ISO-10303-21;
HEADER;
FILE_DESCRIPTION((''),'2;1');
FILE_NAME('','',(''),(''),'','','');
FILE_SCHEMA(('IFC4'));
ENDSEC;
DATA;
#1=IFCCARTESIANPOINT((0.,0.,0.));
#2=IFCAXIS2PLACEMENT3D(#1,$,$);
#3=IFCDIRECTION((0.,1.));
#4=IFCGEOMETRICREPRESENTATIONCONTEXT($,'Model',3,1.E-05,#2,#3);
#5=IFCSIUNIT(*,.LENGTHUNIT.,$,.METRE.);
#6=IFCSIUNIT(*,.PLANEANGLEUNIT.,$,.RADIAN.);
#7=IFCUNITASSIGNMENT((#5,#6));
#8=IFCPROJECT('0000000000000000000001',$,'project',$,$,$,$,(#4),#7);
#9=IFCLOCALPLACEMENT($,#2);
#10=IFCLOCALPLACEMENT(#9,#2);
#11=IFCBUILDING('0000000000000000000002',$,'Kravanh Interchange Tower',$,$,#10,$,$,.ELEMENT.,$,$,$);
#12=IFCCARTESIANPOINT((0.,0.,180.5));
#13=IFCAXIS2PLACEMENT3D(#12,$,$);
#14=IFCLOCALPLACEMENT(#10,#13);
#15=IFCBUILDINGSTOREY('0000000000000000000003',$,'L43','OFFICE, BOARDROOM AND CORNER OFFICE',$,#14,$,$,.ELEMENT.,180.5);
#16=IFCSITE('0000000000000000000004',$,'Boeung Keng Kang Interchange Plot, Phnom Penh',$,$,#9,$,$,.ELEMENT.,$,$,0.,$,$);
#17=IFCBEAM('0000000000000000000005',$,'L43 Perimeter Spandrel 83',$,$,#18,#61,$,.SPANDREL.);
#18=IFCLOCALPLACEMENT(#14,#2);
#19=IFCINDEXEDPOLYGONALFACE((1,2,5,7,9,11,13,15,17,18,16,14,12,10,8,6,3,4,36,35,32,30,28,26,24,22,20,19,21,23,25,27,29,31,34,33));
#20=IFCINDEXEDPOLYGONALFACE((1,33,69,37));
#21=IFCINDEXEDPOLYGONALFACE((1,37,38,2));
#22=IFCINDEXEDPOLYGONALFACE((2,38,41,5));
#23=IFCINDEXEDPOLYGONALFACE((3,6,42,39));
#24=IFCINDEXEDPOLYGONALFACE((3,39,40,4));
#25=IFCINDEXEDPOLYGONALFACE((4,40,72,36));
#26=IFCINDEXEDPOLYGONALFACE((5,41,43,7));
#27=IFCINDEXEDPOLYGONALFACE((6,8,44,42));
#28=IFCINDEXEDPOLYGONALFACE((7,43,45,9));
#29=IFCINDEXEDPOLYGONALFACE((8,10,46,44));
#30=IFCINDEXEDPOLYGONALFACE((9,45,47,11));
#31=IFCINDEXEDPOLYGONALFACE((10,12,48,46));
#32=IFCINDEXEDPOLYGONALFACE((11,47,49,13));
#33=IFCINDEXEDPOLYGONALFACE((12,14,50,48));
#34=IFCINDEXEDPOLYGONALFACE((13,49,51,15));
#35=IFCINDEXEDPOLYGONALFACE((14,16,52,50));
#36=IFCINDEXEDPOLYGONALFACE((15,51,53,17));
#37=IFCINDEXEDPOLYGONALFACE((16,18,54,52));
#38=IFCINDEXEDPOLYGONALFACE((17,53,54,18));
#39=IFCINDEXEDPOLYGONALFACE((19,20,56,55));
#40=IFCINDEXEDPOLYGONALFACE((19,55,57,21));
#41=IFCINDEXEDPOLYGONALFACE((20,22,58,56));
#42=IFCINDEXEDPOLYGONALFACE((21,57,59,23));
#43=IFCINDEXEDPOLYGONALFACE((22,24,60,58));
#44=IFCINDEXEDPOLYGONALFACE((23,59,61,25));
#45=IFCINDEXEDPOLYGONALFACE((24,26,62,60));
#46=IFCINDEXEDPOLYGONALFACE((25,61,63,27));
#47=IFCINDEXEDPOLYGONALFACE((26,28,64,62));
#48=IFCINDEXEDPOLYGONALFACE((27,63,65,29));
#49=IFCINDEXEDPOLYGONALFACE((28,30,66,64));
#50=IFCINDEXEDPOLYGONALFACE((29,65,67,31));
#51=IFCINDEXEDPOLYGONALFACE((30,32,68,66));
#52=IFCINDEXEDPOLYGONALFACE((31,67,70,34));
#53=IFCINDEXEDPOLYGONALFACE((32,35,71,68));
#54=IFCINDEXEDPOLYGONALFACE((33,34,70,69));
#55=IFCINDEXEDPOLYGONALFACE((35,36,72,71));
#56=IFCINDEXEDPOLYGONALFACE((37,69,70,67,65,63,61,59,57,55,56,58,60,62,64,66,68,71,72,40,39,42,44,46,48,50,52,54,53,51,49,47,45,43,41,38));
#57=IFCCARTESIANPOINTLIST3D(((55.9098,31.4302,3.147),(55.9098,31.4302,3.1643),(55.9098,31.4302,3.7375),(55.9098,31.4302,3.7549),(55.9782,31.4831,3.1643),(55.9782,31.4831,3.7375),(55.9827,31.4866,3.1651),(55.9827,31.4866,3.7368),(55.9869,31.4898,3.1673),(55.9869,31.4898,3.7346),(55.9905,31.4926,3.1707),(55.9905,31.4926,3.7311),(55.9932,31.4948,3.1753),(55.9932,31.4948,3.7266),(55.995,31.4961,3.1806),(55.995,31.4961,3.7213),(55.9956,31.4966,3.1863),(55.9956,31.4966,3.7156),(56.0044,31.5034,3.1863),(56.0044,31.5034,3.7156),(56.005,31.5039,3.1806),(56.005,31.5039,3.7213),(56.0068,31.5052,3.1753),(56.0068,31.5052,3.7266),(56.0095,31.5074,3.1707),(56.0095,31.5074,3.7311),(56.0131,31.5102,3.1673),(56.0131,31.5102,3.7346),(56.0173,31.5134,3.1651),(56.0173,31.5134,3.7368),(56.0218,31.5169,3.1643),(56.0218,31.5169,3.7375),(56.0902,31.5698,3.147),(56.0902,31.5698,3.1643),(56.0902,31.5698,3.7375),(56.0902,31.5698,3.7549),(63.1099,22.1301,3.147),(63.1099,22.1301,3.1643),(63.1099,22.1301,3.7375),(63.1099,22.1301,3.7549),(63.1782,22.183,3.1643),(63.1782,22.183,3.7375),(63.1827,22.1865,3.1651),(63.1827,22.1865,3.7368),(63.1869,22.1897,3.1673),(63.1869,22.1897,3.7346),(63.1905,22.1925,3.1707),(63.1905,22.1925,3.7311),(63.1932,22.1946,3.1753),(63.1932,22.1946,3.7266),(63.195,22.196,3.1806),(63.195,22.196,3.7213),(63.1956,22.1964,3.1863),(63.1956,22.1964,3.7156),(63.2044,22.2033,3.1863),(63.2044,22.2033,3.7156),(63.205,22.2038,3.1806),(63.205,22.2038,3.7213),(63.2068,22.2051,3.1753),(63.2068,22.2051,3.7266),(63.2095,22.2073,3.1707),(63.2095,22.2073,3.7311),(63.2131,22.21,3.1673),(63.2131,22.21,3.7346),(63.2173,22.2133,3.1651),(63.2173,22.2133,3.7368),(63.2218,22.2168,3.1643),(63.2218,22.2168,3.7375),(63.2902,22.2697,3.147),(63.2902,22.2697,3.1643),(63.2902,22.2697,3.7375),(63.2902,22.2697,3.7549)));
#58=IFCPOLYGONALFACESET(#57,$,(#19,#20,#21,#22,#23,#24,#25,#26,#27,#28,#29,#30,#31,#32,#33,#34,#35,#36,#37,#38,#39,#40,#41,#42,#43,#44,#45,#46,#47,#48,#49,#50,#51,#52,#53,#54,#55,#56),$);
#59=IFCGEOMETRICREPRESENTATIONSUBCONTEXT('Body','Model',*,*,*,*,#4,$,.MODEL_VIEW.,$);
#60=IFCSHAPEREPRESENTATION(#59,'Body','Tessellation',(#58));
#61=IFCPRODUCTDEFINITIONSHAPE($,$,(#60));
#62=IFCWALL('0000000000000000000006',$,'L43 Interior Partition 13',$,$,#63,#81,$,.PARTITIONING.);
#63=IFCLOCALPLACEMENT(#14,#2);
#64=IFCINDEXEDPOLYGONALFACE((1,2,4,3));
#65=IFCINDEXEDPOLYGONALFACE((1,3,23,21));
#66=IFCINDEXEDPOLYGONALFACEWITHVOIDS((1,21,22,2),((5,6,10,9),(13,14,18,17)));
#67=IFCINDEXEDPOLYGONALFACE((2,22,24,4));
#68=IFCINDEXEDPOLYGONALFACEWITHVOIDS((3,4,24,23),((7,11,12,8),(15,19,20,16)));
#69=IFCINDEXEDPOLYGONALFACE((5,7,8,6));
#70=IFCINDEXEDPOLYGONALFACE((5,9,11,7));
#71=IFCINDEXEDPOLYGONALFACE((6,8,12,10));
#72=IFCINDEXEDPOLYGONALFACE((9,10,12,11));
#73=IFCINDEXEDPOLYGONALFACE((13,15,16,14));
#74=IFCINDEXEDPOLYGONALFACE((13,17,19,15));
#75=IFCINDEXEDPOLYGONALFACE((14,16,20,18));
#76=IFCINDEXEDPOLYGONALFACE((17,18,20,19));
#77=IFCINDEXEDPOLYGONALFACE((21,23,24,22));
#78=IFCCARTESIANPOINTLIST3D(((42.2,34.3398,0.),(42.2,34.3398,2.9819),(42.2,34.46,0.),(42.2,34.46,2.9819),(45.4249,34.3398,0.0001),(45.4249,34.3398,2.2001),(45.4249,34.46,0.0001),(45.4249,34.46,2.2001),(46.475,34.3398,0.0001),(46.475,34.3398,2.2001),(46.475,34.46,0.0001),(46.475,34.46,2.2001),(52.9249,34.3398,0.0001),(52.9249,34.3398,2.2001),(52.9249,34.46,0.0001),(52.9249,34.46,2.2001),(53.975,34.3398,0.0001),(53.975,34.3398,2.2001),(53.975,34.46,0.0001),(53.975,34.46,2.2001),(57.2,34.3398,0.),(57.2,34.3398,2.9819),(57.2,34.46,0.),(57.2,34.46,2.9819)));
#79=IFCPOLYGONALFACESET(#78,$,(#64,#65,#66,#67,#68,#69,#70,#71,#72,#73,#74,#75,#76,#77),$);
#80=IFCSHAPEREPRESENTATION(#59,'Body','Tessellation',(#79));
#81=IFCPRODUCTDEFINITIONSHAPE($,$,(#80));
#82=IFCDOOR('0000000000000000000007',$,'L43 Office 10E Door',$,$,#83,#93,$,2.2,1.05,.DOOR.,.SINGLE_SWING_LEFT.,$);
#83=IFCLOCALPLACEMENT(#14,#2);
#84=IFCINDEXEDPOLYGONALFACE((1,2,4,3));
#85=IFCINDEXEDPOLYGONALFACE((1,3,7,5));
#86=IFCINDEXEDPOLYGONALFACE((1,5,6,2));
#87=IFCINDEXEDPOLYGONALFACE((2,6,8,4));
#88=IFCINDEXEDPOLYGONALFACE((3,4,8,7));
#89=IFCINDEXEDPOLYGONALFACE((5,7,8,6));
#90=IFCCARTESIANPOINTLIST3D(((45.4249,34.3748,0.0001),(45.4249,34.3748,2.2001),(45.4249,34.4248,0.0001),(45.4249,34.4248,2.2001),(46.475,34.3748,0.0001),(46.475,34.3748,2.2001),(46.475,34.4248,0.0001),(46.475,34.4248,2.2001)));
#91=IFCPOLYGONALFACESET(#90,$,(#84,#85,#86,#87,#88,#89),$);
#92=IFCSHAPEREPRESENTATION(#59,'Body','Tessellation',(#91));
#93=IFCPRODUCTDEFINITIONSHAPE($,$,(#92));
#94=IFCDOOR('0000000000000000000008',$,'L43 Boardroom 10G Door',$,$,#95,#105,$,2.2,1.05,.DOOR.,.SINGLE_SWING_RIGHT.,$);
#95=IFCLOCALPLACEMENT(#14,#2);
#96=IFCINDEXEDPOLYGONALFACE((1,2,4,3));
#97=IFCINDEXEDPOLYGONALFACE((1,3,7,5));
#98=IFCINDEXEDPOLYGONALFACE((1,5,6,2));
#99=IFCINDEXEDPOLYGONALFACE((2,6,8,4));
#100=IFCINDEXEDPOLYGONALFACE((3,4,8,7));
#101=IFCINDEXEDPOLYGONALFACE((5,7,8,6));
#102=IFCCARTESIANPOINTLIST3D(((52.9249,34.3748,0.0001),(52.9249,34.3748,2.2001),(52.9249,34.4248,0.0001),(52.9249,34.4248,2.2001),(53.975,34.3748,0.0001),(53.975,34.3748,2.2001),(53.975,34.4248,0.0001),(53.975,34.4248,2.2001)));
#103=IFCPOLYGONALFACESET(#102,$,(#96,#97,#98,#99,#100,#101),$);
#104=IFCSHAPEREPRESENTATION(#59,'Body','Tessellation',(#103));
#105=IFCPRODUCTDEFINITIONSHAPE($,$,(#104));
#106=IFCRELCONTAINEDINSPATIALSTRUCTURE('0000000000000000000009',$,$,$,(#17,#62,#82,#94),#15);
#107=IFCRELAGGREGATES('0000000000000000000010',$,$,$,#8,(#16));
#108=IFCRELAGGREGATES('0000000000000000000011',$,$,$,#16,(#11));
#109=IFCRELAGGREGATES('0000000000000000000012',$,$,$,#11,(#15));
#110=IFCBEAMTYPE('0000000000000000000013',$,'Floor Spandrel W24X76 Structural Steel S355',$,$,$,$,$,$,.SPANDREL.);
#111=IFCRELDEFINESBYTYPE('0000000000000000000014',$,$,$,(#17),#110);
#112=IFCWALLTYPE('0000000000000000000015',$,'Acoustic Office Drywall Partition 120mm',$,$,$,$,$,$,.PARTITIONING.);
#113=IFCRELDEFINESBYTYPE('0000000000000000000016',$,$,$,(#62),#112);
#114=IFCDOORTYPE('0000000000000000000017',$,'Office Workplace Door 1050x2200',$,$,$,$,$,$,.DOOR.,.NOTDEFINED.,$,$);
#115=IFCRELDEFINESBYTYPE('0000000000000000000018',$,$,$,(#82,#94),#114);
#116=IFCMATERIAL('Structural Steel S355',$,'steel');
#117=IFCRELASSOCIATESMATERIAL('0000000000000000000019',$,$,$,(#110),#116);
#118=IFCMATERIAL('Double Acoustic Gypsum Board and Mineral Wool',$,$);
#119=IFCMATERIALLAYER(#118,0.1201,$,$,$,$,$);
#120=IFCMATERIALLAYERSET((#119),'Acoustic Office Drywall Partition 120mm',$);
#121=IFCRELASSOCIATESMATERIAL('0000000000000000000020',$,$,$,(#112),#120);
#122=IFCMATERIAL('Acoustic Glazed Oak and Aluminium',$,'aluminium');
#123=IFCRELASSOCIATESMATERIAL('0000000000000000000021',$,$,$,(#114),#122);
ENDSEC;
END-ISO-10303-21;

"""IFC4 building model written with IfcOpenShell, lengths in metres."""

from ifc_helpers import new_model, si_unit, direction, frame, frame_2d, origin, origin_2d, place, context, subcontext, project, spatial, rectangle, i_section, extrude, material, layer, layer_set, material_profile, profile_set, type_object, element, fill, save


model = new_model("IFC4")

# Units and contexts
model_context = context("Model", 3, precision=1e-05, world=origin(), true_north=direction((0.0, 1.0)))
body_context = subcontext(model_context, "Body", "Model", "MODEL_VIEW")
ifc_project = project(units=[si_unit("LENGTHUNIT", "METRE"), si_unit("PLANEANGLEUNIT", "RADIAN")], contexts=[model_context])

# Site, building, storey
site_placement = place(None, origin())
site = spatial("IfcSite", under=ifc_project, at=site_placement, Name="Boeung Keng Kang Interchange Plot, Phnom Penh", CompositionType="ELEMENT", RefElevation=0.0)
building_placement = place(site_placement, origin())
building = spatial("IfcBuilding", under=site, at=building_placement, Name="Kravanh Interchange Tower", CompositionType="ELEMENT")
storey_placement = place(building_placement, frame((0.0, 0.0, 180.5)))
storey = spatial("IfcBuildingStorey", under=building, at=storey_placement, Name="L43", Description="OFFICE, BOARDROOM AND CORNER OFFICE", CompositionType="ELEMENT", Elevation=180.5)

# Beam
ifc_material_1 = material(Name="Structural Steel S355", Category="steel")
ifc_material_profile_1 = material_profile(ifc_material_1, i_section(OverallWidth=0.228, OverallDepth=0.6079, WebThickness=0.0112, FlangeThickness=0.0173, FilletRadius=0.022, at=origin_2d()), Name="W24X76")
ifc_profile_set_1 = profile_set([ifc_material_profile_1], Name="Structural Steel S355")
beam_type_1 = type_object("IfcBeamType", Name="Floor Spandrel W24X76 Structural Steel S355", PredefinedType="SPANDREL", material=ifc_profile_set_1)
beam_1_placement = place(storey_placement, frame((56.0, 31.5, 3.4509), z_axis=(0.612169, -0.790727, 0.0), x_axis=(0.790727, 0.612169, 0.0)))
element("IfcBeam", 1, at=beam_1_placement, inside=storey, type_object=beam_type_1, Name="L43 Perimeter Spandrel 83", PredefinedType="SPANDREL", context=body_context, shape_type="SweptSolid", body=[
    extrude(i_section(OverallWidth=0.228, OverallDepth=0.6079, WebThickness=0.0112, FlangeThickness=0.0173, FilletRadius=0.022, at=origin_2d()), origin(), (0.0, 0.0, 1.0), 11.7615),
])

# Wall, openings, doors
ifc_material_2 = material(Name="Double Acoustic Gypsum Board and Mineral Wool")
ifc_layer_1 = layer(ifc_material_2, 0.1201)
ifc_layer_set_1 = layer_set([ifc_layer_1], Name="Acoustic Office Drywall Partition 120mm")
wall_type = type_object("IfcWallType", Name="Acoustic Office Drywall Partition 120mm", PredefinedType="PARTITIONING", material=ifc_layer_set_1)
wall_placement = place(storey_placement, frame((42.2, 34.3999, 0.0), z_axis=(0.0, 0.0, 1.0), x_axis=(1.0, 0.0, 0.0)))
wall = element("IfcWall", 2, at=wall_placement, inside=storey, type_object=wall_type, Name="L43 Interior Partition 13", PredefinedType="PARTITIONING", context=body_context, shape_type="SweptSolid", body=[
    extrude(rectangle(XDim=15.0, YDim=0.1201, at=frame_2d((7.5, 0.0))), origin(), (0.0, 0.0, 1.0), 2.9819),
])
opening_1_placement = place(wall_placement, frame((3.2251, 0.0, 0.0)))
opening_1 = element("IfcOpeningElement", 3, at=opening_1_placement, cuts=wall, PredefinedType="OPENING", context=body_context, shape_type="SweptSolid", body=[
    extrude(rectangle(XDim=1.05, YDim=2.2, at=frame_2d((0.5249, 1.1001))), frame((0.0, 0.0701, 0.0), z_axis=(0.0, -1.0, 0.0), x_axis=(1.0, 0.0, 0.0)), (0.0, 0.0, 1.0), 0.1401),
])
opening_2_placement = place(wall_placement, frame((10.7251, 0.0, 0.0)))
opening_2 = element("IfcOpeningElement", 4, at=opening_2_placement, cuts=wall, PredefinedType="OPENING", context=body_context, shape_type="SweptSolid", body=[
    extrude(rectangle(XDim=1.05, YDim=2.2, at=frame_2d((0.5249, 1.1001))), frame((0.0, 0.0701, 0.0), z_axis=(0.0, -1.0, 0.0), x_axis=(1.0, 0.0, 0.0)), (0.0, 0.0, 1.0), 0.1401),
])
ifc_material_3 = material(Name="Acoustic Glazed Oak and Aluminium", Category="aluminium")
door_type = type_object("IfcDoorType", Name="Office Workplace Door 1050x2200", OperationType="NOTDEFINED", PredefinedType="DOOR", material=ifc_material_3)
door_1_placement = place(opening_1_placement, origin())
door_1 = element("IfcDoor", 5, at=door_1_placement, inside=storey, type_object=door_type, Name="L43 Office 10E Door", OperationType="SINGLE_SWING_LEFT", OverallHeight=2.2, OverallWidth=1.05, PredefinedType="DOOR", context=body_context, shape_type="SweptSolid", body=[
    extrude(rectangle(XDim=1.05, YDim=2.2, at=frame_2d((0.5249, 1.1001))), frame((0.0, 0.0249, 0.0), z_axis=(0.0, -1.0, 0.0), x_axis=(1.0, 0.0, 0.0)), (0.0, 0.0, 1.0), 0.05),
])
fill(opening_1, door_1)
door_2_placement = place(opening_2_placement, origin())
door_2 = element("IfcDoor", 6, at=door_2_placement, inside=storey, type_object=door_type, Name="L43 Boardroom 10G Door", OperationType="SINGLE_SWING_RIGHT", OverallHeight=2.2, OverallWidth=1.05, PredefinedType="DOOR", context=body_context, shape_type="SweptSolid", body=[
    extrude(rectangle(XDim=1.05, YDim=2.2, at=frame_2d((0.5249, 1.1001))), frame((0.0, 0.0249, 0.0), z_axis=(0.0, -1.0, 0.0), x_axis=(1.0, 0.0, 0.0)), (0.0, 0.0, 1.0), 0.05),
])
fill(opening_2, door_2)

save(model, "model.ifc")
